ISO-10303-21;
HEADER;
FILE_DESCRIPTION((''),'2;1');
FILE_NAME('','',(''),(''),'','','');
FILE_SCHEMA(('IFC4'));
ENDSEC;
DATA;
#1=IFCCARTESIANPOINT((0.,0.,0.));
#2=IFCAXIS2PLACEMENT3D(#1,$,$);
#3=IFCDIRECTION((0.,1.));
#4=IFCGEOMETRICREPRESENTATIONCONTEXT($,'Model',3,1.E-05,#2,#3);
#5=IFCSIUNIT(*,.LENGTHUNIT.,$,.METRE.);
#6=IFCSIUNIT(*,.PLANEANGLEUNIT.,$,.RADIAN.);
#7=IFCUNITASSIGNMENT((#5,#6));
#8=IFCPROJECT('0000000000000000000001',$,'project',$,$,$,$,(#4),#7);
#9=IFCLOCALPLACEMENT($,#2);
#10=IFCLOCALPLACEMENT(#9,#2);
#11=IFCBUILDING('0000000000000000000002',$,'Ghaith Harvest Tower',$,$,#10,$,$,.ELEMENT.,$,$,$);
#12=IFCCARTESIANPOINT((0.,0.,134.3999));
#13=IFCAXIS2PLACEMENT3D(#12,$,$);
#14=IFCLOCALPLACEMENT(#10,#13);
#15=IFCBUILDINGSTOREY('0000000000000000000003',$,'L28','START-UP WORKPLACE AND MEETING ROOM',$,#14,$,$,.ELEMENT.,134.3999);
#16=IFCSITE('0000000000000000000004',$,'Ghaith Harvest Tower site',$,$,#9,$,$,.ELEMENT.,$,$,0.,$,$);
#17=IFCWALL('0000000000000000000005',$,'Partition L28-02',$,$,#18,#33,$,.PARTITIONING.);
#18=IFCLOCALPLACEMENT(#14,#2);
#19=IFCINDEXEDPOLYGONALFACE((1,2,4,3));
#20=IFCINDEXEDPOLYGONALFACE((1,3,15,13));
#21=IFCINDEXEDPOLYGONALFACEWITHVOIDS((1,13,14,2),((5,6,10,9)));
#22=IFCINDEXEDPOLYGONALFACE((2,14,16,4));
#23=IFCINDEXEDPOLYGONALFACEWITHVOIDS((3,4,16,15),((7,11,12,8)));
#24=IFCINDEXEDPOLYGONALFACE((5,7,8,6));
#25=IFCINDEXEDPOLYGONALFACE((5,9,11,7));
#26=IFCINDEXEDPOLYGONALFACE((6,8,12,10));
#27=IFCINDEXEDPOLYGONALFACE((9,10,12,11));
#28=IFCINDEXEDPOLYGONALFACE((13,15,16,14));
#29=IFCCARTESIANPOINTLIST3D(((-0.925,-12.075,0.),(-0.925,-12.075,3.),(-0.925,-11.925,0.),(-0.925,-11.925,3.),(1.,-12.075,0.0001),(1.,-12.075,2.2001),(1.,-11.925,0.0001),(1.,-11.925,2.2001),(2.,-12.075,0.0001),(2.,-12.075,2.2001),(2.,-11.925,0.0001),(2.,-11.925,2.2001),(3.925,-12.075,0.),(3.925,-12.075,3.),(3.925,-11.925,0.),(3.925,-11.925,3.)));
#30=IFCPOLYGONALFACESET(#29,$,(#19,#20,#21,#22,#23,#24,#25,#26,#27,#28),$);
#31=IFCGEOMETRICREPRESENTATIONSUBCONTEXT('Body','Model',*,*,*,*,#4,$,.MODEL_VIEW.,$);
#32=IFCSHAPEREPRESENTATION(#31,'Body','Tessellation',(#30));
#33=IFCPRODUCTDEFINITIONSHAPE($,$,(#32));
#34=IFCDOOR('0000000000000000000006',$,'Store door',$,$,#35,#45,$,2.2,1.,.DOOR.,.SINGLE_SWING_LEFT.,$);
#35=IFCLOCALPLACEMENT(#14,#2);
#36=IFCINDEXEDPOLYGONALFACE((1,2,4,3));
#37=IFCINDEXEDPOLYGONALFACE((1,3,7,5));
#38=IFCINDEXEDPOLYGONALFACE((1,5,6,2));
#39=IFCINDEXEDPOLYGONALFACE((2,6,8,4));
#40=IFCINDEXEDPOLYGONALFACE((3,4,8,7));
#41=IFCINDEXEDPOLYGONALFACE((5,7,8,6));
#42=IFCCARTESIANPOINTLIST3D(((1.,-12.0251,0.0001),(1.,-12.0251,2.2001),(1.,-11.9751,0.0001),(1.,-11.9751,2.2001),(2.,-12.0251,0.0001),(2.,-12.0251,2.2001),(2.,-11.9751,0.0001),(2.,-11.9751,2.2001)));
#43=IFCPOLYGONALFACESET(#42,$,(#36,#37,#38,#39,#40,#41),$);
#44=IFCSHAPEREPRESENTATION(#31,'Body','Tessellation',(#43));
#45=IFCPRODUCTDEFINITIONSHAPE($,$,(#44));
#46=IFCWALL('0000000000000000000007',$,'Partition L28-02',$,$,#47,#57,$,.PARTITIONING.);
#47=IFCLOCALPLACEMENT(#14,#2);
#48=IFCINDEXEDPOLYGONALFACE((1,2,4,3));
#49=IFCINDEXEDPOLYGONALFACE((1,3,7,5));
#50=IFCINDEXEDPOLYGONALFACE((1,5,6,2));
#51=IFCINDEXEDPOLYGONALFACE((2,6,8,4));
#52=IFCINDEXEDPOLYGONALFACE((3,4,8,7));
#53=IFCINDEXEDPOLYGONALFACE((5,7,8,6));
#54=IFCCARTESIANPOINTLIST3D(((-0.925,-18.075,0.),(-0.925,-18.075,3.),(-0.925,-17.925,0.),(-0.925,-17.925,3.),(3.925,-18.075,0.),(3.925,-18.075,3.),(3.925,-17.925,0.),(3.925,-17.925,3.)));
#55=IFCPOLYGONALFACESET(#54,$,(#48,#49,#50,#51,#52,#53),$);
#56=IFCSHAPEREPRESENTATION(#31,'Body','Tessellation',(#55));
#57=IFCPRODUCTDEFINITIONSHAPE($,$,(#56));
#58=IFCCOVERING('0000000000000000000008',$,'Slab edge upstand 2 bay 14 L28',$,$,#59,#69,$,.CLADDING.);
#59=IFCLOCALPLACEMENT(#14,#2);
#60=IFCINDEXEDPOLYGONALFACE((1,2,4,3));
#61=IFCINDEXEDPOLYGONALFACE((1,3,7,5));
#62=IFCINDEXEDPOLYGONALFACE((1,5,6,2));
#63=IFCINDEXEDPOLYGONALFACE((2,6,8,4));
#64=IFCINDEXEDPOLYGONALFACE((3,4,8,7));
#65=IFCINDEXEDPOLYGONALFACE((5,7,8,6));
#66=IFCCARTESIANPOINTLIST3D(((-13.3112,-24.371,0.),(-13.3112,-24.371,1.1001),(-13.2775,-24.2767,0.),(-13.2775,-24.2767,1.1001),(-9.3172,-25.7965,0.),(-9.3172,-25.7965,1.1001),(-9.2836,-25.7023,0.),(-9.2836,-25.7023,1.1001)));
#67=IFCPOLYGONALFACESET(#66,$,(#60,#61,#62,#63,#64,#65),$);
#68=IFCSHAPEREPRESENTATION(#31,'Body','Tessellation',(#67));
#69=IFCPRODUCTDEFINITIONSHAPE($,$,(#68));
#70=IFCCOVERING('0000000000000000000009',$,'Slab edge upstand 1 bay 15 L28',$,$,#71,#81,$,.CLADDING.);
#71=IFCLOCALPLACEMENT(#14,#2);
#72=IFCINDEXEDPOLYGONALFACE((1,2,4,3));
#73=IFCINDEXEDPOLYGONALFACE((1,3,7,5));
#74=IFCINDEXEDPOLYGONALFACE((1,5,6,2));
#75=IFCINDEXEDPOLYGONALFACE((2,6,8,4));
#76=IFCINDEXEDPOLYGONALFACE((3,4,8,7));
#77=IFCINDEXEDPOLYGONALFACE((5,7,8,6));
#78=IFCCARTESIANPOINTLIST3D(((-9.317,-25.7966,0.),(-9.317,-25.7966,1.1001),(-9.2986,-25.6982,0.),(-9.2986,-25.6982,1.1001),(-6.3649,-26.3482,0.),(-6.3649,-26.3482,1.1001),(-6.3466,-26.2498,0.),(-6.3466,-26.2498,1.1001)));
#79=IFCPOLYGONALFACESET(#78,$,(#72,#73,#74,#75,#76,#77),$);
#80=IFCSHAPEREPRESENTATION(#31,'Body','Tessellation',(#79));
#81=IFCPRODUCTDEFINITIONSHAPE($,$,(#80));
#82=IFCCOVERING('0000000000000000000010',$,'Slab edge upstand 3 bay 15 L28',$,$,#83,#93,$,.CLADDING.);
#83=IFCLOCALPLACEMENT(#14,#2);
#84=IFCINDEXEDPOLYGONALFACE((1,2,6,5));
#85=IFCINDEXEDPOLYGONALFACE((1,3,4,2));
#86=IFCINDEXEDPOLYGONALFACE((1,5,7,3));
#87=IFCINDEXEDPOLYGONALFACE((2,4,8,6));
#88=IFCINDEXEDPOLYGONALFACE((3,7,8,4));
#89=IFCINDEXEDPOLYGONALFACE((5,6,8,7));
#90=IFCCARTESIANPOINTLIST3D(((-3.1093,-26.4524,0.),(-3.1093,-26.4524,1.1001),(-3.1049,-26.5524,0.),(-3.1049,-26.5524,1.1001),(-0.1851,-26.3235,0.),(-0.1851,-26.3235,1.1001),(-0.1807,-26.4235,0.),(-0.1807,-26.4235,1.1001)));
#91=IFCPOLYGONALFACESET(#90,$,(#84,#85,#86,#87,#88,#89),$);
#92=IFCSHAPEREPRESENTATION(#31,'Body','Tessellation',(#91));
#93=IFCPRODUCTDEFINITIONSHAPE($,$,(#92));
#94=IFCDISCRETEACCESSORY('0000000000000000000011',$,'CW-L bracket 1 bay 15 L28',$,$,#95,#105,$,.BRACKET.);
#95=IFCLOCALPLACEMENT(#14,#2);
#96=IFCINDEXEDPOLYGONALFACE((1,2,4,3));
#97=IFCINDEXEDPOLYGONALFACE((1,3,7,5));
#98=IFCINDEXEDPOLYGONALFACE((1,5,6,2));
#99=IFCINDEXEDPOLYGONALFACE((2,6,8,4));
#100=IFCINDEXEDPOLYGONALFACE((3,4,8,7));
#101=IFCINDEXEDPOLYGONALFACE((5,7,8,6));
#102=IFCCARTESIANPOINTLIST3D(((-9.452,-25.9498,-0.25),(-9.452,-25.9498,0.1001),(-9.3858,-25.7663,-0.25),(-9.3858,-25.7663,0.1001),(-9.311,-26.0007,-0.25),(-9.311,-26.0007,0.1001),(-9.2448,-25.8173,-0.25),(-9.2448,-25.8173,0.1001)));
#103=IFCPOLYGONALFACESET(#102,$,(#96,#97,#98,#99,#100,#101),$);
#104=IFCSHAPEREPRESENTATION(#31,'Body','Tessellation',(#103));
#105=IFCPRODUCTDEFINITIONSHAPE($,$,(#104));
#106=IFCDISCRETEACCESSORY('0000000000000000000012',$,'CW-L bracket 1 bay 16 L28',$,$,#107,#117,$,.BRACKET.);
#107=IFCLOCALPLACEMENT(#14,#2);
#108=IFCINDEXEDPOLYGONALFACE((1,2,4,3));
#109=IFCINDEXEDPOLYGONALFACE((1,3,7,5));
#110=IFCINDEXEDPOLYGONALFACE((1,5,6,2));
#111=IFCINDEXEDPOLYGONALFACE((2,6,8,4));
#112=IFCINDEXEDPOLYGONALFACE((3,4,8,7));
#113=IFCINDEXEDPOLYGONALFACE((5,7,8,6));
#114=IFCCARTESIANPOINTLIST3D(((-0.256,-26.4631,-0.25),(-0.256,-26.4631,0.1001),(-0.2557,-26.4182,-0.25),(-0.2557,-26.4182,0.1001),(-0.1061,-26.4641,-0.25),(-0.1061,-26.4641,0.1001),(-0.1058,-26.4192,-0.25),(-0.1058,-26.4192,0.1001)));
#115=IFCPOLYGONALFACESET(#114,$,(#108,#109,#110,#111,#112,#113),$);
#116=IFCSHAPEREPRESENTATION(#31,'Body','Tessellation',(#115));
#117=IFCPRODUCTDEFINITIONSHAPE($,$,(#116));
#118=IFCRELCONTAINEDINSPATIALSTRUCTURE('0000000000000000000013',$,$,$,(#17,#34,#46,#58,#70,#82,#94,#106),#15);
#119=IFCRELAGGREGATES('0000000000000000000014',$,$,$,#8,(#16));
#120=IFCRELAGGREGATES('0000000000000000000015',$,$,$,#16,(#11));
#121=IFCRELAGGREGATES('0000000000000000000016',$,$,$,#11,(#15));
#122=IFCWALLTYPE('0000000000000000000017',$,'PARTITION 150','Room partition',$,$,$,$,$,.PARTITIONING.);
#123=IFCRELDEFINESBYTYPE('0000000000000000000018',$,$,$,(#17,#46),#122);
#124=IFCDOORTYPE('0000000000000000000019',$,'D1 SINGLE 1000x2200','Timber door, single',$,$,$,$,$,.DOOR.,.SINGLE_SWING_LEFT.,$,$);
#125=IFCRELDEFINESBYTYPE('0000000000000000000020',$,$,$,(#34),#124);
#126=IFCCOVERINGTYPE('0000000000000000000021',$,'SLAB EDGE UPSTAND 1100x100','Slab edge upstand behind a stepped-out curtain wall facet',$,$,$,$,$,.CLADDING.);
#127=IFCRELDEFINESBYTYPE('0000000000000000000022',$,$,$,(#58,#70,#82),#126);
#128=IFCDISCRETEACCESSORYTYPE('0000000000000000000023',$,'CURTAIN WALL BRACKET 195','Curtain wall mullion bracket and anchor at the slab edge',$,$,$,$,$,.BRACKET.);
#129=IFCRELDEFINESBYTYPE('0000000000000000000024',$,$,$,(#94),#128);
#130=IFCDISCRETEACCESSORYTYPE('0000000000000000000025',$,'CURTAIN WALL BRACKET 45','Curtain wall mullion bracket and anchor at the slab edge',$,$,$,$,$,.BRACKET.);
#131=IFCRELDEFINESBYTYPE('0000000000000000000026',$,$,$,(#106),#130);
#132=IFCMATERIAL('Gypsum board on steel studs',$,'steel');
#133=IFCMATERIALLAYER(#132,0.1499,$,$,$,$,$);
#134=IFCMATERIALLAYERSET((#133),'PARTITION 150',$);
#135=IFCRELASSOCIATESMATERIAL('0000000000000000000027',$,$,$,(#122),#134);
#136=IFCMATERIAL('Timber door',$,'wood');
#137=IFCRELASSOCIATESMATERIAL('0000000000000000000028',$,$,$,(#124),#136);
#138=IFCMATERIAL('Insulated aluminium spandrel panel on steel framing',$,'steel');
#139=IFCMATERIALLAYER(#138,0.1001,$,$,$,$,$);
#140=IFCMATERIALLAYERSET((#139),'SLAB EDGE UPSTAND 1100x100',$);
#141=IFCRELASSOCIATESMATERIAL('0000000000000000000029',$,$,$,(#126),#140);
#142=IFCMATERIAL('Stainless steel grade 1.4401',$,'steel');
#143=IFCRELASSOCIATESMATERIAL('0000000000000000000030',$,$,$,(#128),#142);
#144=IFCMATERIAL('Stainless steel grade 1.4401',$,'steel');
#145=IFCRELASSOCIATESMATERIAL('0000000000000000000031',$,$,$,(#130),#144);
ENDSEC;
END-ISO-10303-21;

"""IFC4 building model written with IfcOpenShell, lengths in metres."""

from ifc_helpers import new_model, si_unit, direction, frame, frame_2d, origin, origin_2d, place, context, subcontext, project, spatial, rectangle, extrude, material, layer, layer_set, type_object, element, fill, save


model = new_model("IFC4")

# Units and contexts
model_context = context("Model", 3, precision=1e-05, world=origin(), true_north=direction((0.0, 1.0)))
body_context = subcontext(model_context, "Body", "Model", "MODEL_VIEW")
ifc_project = project(units=[si_unit("LENGTHUNIT", "METRE"), si_unit("PLANEANGLEUNIT", "RADIAN")], contexts=[model_context])

# Site, building, storey
site_placement = place(None, origin())
site = spatial("IfcSite", under=ifc_project, at=site_placement, Name="Ghaith Harvest Tower site", CompositionType="ELEMENT", RefElevation=0.0)
building_placement = place(site_placement, origin())
building = spatial("IfcBuilding", under=site, at=building_placement, Name="Ghaith Harvest Tower", CompositionType="ELEMENT")
storey_placement = place(building_placement, frame((0.0, 0.0, 134.3999)))
storey = spatial("IfcBuildingStorey", under=building, at=storey_placement, Name="L28", Description="START-UP WORKPLACE AND MEETING ROOM", CompositionType="ELEMENT", Elevation=134.3999)

# Shared definitions
ifc_material_1 = material(Name="Gypsum board on steel studs", Category="steel")
ifc_layer_1 = layer(ifc_material_1, 0.1499)
ifc_layer_set_1 = layer_set([ifc_layer_1], Name="PARTITION 150")
wall_type = type_object("IfcWallType", Name="PARTITION 150", Description="Room partition", PredefinedType="PARTITIONING", material=ifc_layer_set_1)

# Wall, opening, door
wall_1_placement = place(storey_placement, frame((-0.925, -12.0, 0.0), z_axis=(0.0, 0.0, 1.0), x_axis=(1.0, 0.0, 0.0)))
wall_1 = element("IfcWall", 1, at=wall_1_placement, inside=storey, type_object=wall_type, Name="Partition L28-02", PredefinedType="PARTITIONING", context=body_context, shape_type="SweptSolid", body=[
    extrude(rectangle(XDim=4.8501, YDim=0.1499, at=frame_2d((2.425, 0.0))), origin(), (0.0, 0.0, 1.0), 3.0),
])
opening_placement = place(wall_1_placement, frame((1.925, 0.0, 0.0)))
opening = element("IfcOpeningElement", 2, at=opening_placement, cuts=wall_1, PredefinedType="OPENING", context=body_context, shape_type="SweptSolid", body=[
    extrude(rectangle(XDim=1.0, YDim=2.2, at=frame_2d((0.5, 1.1001))), frame((0.0, 0.085, 0.0), z_axis=(0.0, -1.0, 0.0), x_axis=(1.0, 0.0, 0.0)), (0.0, 0.0, 1.0), 0.1699),
])
ifc_material_2 = material(Name="Timber door", Category="wood")
door_type = type_object("IfcDoorType", Name="D1 SINGLE 1000x2200", Description="Timber door, single", OperationType="SINGLE_SWING_LEFT", PredefinedType="DOOR", material=ifc_material_2)
door_placement = place(opening_placement, origin())
door = element("IfcDoor", 3, at=door_placement, inside=storey, type_object=door_type, Name="Store door", OperationType="SINGLE_SWING_LEFT", OverallHeight=2.2, OverallWidth=1.0, PredefinedType="DOOR", context=body_context, shape_type="SweptSolid", body=[
    extrude(rectangle(XDim=1.0, YDim=2.2, at=frame_2d((0.5, 1.1001))), frame((0.0, 0.0249, 0.0), z_axis=(0.0, -1.0, 0.0), x_axis=(1.0, 0.0, 0.0)), (0.0, 0.0, 1.0), 0.05),
])
fill(opening, door)

# Wall
wall_2_placement = place(storey_placement, frame((-0.925, -18.0, 0.0), z_axis=(0.0, 0.0, 1.0), x_axis=(1.0, 0.0, 0.0)))
element("IfcWall", 4, at=wall_2_placement, inside=storey, type_object=wall_type, Name="Partition L28-02", PredefinedType="PARTITIONING", context=body_context, shape_type="SweptSolid", body=[
    extrude(rectangle(XDim=4.8501, YDim=0.1499, at=frame_2d((2.425, 0.0))), origin(), (0.0, 0.0, 1.0), 3.0),
])

# Coverings
ifc_material_3 = material(Name="Insulated aluminium spandrel panel on steel framing", Category="steel")
ifc_layer_2 = layer(ifc_material_3, 0.1001)
ifc_layer_set_2 = layer_set([ifc_layer_2], Name="SLAB EDGE UPSTAND 1100x100")
covering_type = type_object("IfcCoveringType", Name="SLAB EDGE UPSTAND 1100x100", Description="Slab edge upstand behind a stepped-out curtain wall facet", PredefinedType="CLADDING", material=ifc_layer_set_2)
covering_1_placement = place(storey_placement, frame((-11.2974, -25.0366, 0.0), z_axis=(0.0, 0.0, 1.0), x_axis=(0.941807, -0.336154, 0.0)))
element("IfcCovering", 5, at=covering_1_placement, inside=storey, type_object=covering_type, Name="Slab edge upstand 2 bay 14 L28", PredefinedType="CLADDING", context=body_context, shape_type="SweptSolid", body=[
    extrude(rectangle(XDim=4.2407, YDim=0.1001, at=origin_2d()), origin(), (0.0, 0.0, 1.0), 1.1001),
])
covering_2_placement = place(storey_placement, frame((-7.8318, -26.0232, 0.0), z_axis=(0.0, 0.0, 1.0), x_axis=(0.98299, -0.183659, 0.0)))
element("IfcCovering", 6, at=covering_2_placement, inside=storey, type_object=covering_type, Name="Slab edge upstand 1 bay 15 L28", PredefinedType="CLADDING", context=body_context, shape_type="SweptSolid", body=[
    extrude(rectangle(XDim=3.0032, YDim=0.1001, at=origin_2d()), origin(), (0.0, 0.0, 1.0), 1.1001),
])
covering_3_placement = place(storey_placement, frame((-1.645, -26.438, 0.0), z_axis=(0.0, 0.0, 1.0), x_axis=(0.99903, 0.044045, 0.0)))
element("IfcCovering", 7, at=covering_3_placement, inside=storey, type_object=covering_type, Name="Slab edge upstand 3 bay 15 L28", PredefinedType="CLADDING", context=body_context, shape_type="SweptSolid", body=[
    extrude(rectangle(XDim=2.927, YDim=0.1001, at=origin_2d()), origin(), (0.0, 0.0, 1.0), 1.1001),
])

# Discrete accessories
ifc_material_4 = material(Name="Stainless steel grade 1.4401", Category="steel")
discrete_accessory_type_1 = type_object("IfcDiscreteAccessoryType", Name="CURTAIN WALL BRACKET 195", Description="Curtain wall mullion bracket and anchor at the slab edge", PredefinedType="BRACKET", material=ifc_material_4)
discrete_accessory_1_placement = place(storey_placement, frame((-9.3484, -25.8835, -0.25), z_axis=(0.0, 0.0, 1.0), x_axis=(-0.339699, -0.940534, 0.0)))
element("IfcDiscreteAccessory", 8, at=discrete_accessory_1_placement, inside=storey, type_object=discrete_accessory_type_1, Name="CW-L bracket 1 bay 15 L28", PredefinedType="BRACKET", context=body_context, shape_type="SweptSolid", body=[
    extrude(rectangle(XDim=0.1951, YDim=0.1499, at=origin_2d()), origin(), (0.0, 0.0, 1.0), 0.3501),
])
ifc_material_5 = material(Name="Stainless steel grade 1.4401", Category="steel")
discrete_accessory_type_2 = type_object("IfcDiscreteAccessoryType", Name="CURTAIN WALL BRACKET 45", Description="Curtain wall mullion bracket and anchor at the slab edge", PredefinedType="BRACKET", material=ifc_material_5)
discrete_accessory_2_placement = place(storey_placement, frame((-0.1809, -26.4412, -0.25), z_axis=(0.0, 0.0, 1.0), x_axis=(-0.006844, -0.999977, 0.0)))
element("IfcDiscreteAccessory", 9, at=discrete_accessory_2_placement, inside=storey, type_object=discrete_accessory_type_2, Name="CW-L bracket 1 bay 16 L28", PredefinedType="BRACKET", context=body_context, shape_type="SweptSolid", body=[
    extrude(rectangle(XDim=0.0449, YDim=0.1499, at=origin_2d()), origin(), (0.0, 0.0, 1.0), 0.3501),
])

save(model, "model.ifc")
